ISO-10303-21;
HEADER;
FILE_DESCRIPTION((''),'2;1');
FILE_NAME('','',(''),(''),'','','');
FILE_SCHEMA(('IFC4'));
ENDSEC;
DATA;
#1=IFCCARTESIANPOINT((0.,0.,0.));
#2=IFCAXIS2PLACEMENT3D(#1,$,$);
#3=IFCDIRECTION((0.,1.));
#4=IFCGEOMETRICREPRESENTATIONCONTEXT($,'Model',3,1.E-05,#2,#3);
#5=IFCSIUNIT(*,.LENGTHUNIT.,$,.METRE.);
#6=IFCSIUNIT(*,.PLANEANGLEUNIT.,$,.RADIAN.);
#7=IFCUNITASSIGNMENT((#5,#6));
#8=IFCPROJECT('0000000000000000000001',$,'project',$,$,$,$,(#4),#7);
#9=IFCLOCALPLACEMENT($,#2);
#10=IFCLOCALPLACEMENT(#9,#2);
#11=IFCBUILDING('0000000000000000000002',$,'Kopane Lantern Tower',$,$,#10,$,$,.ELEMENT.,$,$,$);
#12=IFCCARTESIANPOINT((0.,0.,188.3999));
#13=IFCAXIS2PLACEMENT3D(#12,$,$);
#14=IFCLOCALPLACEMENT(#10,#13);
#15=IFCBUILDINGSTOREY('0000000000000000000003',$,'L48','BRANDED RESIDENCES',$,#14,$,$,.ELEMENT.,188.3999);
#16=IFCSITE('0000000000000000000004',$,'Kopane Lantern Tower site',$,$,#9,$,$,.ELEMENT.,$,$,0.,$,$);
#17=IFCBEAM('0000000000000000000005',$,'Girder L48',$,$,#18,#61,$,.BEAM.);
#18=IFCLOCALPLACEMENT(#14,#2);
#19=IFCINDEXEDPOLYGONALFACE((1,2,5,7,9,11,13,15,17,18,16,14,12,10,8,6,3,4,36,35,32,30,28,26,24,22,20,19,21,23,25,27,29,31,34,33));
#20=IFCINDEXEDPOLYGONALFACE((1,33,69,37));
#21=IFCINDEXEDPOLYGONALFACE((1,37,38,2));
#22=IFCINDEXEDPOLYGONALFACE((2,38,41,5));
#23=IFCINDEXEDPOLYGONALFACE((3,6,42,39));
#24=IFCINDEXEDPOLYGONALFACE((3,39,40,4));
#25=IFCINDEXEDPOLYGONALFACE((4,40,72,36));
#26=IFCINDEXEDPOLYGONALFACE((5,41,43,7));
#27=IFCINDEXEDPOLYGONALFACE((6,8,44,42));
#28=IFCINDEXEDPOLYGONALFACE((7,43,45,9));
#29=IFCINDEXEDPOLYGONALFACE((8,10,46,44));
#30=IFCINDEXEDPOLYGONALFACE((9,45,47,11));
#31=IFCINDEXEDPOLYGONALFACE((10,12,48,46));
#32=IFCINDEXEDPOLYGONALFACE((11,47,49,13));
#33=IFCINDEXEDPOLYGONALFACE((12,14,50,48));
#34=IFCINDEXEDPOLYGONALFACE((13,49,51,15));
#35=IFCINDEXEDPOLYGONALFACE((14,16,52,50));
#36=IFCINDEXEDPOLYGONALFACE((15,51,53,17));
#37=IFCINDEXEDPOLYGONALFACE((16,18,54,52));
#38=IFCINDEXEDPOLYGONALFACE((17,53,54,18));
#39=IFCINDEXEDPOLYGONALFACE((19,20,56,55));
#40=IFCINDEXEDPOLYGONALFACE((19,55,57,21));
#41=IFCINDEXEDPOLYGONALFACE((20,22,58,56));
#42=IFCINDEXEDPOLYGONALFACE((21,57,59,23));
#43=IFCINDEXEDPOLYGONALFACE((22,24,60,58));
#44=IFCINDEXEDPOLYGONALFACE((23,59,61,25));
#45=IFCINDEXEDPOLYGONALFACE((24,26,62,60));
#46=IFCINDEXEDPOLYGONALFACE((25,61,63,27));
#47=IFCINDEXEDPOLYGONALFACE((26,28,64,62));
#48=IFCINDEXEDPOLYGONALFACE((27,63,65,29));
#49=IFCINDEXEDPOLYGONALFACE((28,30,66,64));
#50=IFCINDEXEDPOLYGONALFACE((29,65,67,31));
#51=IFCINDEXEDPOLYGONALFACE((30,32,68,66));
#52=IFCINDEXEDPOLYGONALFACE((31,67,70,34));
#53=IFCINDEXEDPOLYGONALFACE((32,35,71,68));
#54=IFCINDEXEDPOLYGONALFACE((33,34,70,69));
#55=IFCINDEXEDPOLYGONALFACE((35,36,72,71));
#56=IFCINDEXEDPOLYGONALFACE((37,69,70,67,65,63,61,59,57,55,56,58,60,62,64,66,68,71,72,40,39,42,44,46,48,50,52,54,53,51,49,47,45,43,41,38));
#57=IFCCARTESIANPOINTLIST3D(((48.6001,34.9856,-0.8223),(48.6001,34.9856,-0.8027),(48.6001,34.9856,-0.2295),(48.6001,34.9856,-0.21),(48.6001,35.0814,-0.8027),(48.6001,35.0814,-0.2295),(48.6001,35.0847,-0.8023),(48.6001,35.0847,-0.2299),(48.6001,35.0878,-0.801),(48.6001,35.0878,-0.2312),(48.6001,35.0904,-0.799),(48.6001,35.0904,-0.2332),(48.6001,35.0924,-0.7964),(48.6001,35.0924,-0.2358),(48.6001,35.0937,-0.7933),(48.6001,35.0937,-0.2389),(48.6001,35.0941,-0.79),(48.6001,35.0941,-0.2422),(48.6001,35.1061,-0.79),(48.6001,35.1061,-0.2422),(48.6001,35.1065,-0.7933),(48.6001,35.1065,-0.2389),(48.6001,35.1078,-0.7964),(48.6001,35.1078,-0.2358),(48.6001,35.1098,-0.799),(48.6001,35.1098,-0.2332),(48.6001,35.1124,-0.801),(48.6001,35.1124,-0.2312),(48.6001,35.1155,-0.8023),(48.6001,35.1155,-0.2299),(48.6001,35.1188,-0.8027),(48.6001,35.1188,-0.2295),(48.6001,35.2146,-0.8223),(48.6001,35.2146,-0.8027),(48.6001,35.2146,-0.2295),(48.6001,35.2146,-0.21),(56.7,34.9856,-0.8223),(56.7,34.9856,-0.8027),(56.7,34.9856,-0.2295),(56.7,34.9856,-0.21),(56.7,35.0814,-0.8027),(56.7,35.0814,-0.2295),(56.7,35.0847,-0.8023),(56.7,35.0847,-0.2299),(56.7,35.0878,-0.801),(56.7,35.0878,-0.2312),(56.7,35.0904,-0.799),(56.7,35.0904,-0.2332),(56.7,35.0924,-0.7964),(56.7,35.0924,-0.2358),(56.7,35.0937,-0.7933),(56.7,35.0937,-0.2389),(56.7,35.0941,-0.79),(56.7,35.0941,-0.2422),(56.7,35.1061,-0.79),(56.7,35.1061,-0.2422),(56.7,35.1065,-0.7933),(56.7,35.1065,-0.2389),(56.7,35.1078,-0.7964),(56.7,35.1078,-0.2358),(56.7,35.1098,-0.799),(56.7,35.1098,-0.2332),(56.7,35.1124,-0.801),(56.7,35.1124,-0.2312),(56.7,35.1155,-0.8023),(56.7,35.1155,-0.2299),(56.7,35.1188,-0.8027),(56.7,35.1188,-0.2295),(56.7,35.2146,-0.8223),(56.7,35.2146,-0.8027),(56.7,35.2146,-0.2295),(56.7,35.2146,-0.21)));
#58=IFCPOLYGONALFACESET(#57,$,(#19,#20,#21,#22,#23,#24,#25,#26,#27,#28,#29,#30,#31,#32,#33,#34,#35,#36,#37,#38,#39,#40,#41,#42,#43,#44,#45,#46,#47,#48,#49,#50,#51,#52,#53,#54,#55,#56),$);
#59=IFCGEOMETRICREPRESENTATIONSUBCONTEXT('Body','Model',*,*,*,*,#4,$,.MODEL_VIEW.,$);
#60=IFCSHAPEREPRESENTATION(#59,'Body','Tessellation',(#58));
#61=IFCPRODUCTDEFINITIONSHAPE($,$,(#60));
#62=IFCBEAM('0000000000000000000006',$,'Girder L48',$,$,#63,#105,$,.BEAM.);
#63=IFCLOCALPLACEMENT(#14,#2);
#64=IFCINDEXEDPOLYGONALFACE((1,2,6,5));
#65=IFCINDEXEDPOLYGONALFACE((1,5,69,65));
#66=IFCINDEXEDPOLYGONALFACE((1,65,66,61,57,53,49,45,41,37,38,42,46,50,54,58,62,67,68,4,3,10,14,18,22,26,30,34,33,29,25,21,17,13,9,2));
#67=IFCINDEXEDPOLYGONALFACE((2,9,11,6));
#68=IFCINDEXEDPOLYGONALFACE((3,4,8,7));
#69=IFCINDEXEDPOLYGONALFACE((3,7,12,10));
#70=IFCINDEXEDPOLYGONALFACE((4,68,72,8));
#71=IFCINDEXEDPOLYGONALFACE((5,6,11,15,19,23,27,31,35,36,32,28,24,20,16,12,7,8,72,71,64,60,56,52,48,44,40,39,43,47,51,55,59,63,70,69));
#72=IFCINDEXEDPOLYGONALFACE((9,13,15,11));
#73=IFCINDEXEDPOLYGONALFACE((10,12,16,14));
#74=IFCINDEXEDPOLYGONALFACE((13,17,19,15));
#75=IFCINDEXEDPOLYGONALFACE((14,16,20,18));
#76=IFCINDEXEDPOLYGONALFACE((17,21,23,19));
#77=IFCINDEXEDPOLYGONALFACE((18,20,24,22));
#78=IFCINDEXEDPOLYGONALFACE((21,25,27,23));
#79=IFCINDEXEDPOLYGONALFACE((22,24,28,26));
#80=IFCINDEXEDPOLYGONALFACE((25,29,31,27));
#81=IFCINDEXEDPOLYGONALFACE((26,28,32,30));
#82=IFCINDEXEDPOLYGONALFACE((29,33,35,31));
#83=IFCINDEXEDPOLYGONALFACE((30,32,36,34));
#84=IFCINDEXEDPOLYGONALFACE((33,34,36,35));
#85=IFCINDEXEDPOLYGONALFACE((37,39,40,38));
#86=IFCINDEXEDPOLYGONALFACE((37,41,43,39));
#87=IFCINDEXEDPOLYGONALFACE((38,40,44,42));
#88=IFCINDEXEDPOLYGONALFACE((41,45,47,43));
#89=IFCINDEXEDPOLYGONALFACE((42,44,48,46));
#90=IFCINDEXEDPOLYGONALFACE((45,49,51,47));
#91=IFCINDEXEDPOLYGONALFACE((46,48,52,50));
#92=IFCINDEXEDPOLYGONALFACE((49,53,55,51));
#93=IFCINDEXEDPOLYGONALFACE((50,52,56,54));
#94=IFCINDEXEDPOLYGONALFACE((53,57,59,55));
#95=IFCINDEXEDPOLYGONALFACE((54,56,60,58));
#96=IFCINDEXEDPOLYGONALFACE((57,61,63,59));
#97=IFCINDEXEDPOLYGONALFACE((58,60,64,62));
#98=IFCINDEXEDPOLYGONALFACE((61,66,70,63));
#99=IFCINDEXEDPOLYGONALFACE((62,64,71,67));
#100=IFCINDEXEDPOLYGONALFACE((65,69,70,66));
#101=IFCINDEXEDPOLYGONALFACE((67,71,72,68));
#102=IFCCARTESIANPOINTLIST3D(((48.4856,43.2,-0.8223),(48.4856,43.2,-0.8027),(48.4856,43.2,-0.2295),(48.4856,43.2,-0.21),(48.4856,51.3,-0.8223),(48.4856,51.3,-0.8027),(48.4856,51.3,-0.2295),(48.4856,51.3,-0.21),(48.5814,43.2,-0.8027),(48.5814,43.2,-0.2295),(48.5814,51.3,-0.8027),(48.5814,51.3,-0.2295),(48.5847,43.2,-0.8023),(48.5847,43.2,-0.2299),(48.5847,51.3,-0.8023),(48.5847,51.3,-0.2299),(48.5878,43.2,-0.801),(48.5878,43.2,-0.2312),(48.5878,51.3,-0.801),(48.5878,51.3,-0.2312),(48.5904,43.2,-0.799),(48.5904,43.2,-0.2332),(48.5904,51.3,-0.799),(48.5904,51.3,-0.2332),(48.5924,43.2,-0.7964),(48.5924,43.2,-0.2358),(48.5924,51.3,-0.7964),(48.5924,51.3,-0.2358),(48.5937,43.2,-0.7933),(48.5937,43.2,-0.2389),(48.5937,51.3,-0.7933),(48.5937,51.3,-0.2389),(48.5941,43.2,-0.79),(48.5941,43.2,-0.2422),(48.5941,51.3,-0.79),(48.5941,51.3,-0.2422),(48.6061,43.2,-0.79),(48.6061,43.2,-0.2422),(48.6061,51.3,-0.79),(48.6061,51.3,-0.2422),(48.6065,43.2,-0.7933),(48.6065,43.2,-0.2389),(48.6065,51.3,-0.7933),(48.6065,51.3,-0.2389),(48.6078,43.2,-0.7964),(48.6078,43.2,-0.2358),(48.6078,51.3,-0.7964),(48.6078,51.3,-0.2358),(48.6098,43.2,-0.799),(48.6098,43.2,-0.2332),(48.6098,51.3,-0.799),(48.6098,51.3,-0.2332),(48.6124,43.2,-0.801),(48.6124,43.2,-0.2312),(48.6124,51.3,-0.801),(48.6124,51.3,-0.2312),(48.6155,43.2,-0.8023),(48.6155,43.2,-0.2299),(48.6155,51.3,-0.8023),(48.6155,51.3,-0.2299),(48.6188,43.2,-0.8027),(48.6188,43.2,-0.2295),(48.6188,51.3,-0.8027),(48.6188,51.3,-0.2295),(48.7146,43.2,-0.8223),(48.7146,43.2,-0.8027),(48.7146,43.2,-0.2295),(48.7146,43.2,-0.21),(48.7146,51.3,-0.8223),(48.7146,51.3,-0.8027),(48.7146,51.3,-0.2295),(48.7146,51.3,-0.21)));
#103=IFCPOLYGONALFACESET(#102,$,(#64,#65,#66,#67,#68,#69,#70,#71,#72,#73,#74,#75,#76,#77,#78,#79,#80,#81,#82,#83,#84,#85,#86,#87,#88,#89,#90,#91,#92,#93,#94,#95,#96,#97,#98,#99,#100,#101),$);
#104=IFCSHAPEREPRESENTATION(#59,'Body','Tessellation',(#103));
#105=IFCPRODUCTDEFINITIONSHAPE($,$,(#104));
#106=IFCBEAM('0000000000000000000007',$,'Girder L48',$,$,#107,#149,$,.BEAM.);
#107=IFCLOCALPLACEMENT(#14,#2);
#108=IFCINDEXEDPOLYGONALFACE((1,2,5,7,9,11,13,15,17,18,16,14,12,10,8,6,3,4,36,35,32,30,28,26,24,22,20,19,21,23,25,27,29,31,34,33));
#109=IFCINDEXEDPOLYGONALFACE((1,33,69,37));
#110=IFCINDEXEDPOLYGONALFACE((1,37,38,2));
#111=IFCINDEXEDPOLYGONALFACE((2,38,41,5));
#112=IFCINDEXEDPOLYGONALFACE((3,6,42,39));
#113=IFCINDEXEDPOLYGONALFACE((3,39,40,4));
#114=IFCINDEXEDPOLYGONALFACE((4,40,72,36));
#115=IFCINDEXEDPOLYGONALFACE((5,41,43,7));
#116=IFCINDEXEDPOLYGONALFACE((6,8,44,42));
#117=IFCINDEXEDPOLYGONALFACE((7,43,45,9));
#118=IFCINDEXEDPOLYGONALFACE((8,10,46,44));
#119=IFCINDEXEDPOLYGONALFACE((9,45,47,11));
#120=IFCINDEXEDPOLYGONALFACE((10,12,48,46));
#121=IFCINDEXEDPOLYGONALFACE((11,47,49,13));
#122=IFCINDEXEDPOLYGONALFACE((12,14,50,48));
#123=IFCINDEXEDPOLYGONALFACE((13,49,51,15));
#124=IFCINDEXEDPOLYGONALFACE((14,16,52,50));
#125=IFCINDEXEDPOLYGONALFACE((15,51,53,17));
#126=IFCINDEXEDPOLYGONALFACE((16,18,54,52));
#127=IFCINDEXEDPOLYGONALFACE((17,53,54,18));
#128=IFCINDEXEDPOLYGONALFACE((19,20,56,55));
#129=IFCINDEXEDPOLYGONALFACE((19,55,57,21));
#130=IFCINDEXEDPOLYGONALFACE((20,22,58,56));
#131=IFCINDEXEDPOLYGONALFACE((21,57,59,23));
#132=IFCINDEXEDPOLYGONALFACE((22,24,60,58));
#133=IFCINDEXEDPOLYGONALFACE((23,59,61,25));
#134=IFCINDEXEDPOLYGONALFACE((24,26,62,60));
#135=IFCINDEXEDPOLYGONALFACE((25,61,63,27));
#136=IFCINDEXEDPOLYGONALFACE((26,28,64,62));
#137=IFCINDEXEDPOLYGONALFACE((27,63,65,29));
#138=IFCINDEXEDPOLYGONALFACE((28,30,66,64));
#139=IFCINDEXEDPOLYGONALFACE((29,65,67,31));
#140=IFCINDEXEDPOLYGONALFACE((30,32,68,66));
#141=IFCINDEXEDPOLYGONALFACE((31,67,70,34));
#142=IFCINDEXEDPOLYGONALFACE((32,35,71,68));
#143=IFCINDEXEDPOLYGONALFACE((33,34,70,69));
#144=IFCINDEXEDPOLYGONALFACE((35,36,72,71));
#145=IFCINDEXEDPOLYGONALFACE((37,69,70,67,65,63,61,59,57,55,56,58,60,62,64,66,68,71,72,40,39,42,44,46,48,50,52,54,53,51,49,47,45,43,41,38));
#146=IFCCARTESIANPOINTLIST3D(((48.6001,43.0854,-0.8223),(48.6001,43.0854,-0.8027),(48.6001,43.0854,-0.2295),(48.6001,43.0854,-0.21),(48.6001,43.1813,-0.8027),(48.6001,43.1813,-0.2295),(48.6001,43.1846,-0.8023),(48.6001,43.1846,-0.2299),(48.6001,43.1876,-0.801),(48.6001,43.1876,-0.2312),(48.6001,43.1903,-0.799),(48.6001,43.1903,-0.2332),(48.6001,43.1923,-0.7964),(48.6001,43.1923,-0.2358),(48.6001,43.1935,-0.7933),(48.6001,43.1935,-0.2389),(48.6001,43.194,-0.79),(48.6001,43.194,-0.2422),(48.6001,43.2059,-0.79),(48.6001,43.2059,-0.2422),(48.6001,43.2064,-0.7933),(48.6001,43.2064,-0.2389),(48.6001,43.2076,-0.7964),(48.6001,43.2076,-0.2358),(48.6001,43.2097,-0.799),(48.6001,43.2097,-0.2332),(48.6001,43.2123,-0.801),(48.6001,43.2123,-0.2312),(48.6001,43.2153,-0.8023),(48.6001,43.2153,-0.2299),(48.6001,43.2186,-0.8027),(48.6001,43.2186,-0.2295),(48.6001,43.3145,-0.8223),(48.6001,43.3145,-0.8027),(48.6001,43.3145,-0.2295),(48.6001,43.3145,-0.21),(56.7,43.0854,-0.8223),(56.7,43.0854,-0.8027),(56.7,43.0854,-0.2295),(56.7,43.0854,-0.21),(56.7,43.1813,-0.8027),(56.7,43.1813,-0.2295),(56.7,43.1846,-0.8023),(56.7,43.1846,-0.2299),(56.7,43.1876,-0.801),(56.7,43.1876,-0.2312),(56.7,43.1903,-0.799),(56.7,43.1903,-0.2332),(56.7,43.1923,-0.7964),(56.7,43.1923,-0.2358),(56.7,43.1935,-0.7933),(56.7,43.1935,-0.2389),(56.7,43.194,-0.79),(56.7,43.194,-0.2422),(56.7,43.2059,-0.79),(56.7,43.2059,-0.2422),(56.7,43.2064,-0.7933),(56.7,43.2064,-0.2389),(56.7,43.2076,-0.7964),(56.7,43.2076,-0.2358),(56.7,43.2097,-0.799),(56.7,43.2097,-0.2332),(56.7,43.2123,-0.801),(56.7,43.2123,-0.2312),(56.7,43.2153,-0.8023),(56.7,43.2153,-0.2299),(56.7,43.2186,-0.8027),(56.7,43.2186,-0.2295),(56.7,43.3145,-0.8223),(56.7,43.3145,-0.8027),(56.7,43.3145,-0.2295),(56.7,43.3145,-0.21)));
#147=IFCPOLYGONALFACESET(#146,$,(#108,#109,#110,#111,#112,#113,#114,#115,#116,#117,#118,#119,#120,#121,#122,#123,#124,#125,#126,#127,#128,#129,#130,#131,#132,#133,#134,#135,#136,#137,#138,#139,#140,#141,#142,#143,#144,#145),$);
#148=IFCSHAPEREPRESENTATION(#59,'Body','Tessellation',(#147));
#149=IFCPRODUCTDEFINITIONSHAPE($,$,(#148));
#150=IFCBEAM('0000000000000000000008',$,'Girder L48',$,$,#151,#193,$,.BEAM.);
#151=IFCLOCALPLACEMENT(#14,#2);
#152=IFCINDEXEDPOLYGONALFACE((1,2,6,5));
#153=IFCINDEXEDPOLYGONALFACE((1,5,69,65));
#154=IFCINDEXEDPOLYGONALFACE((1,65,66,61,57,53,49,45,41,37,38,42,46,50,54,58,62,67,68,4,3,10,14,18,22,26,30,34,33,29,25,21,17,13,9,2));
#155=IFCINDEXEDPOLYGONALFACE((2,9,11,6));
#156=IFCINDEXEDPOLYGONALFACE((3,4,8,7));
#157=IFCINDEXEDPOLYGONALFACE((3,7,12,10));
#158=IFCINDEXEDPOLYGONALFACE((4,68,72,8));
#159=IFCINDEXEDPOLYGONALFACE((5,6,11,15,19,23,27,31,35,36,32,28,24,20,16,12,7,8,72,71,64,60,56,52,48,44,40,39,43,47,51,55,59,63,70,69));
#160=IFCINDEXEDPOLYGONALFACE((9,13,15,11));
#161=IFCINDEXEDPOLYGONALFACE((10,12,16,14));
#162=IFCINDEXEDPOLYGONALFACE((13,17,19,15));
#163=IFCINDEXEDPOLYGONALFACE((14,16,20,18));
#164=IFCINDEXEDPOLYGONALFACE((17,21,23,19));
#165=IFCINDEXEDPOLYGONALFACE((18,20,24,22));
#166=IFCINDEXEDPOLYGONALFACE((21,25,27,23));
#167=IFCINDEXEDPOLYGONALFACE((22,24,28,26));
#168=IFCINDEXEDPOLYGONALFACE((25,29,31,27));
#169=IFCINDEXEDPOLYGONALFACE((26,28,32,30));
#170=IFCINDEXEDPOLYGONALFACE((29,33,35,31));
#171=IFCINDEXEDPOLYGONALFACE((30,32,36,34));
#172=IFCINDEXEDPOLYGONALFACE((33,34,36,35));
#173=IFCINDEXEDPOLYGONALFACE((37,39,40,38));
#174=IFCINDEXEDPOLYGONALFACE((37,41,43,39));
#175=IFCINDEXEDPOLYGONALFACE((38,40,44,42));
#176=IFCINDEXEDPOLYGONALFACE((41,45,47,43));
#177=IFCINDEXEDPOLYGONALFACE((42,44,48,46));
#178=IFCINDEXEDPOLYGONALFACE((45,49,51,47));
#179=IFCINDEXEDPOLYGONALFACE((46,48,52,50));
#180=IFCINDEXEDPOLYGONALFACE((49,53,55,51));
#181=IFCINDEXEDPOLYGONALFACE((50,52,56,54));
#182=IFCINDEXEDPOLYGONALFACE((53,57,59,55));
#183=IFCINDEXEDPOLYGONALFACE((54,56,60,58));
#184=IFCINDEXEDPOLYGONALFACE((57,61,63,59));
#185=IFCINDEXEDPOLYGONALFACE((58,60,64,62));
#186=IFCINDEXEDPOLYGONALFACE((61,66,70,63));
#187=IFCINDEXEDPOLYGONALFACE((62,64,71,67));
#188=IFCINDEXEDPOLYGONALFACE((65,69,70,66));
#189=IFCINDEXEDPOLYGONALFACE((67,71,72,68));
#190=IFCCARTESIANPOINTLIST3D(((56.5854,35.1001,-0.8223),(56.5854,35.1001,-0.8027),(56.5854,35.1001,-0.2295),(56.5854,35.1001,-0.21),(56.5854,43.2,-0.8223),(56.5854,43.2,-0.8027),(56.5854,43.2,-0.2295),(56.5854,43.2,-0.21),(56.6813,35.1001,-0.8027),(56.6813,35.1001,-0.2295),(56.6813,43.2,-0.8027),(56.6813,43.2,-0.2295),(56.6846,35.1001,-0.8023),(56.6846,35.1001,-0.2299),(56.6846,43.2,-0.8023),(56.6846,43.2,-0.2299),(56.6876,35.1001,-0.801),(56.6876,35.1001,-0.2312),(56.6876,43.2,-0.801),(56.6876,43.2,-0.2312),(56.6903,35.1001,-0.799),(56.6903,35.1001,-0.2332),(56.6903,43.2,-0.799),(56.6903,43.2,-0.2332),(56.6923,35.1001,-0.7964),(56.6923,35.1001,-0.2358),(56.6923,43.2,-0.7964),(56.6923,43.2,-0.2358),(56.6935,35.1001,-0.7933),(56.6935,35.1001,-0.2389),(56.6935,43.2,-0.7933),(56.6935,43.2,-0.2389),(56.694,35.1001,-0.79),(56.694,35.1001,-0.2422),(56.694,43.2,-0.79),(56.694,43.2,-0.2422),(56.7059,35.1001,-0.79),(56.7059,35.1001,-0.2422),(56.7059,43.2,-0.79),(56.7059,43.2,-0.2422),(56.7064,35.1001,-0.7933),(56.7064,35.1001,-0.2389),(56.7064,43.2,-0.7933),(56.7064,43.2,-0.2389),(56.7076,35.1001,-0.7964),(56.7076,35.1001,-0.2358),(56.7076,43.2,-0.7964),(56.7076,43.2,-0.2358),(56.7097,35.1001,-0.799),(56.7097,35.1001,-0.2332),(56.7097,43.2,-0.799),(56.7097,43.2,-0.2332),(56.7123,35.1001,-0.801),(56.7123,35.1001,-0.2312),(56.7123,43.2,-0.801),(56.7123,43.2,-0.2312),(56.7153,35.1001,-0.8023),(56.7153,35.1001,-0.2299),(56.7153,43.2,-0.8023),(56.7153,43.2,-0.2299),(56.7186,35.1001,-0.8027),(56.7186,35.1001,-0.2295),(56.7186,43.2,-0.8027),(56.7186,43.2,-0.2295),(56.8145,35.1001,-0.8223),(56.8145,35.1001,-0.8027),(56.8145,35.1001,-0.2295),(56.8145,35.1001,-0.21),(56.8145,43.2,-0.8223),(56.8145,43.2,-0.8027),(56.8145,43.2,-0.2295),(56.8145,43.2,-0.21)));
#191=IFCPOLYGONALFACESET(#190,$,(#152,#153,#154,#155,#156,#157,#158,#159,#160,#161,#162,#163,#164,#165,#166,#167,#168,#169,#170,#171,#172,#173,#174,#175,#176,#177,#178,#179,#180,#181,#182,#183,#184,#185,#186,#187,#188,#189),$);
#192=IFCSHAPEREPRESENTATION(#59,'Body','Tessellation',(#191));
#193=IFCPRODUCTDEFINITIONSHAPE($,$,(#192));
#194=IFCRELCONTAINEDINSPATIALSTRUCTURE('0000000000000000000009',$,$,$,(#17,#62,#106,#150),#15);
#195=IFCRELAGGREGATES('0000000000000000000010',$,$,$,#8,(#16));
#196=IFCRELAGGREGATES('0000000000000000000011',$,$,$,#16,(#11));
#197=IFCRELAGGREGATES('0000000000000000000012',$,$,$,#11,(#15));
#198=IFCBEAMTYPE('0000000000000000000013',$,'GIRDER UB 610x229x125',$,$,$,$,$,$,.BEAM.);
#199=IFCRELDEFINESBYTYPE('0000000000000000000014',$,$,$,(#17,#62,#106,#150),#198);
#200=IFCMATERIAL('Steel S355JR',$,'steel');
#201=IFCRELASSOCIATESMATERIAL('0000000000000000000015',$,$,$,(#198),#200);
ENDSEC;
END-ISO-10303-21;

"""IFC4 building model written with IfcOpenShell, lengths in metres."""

from ifc_helpers import new_model, si_unit, direction, frame, origin, origin_2d, place, context, subcontext, project, spatial, i_section, extrude, material, material_profile, profile_set, type_object, element, save


model = new_model("IFC4")

# Units and contexts
model_context = context("Model", 3, precision=1e-05, world=origin(), true_north=direction((0.0, 1.0)))
body_context = subcontext(model_context, "Body", "Model", "MODEL_VIEW")
ifc_project = project(units=[si_unit("LENGTHUNIT", "METRE"), si_unit("PLANEANGLEUNIT", "RADIAN")], contexts=[model_context])

# Site, building, storey
site_placement = place(None, origin())
site = spatial("IfcSite", under=ifc_project, at=site_placement, Name="Kopane Lantern Tower site", CompositionType="ELEMENT", RefElevation=0.0)
building_placement = place(site_placement, origin())
building = spatial("IfcBuilding", under=site, at=building_placement, Name="Kopane Lantern Tower", CompositionType="ELEMENT")
storey_placement = place(building_placement, frame((0.0, 0.0, 188.3999)))
storey = spatial("IfcBuildingStorey", under=building, at=storey_placement, Name="L48", Description="BRANDED RESIDENCES", CompositionType="ELEMENT", Elevation=188.3999)

# Beams
ifc_material_1 = material(Name="Steel S355JR", Category="steel")
ifc_material_profile_1 = material_profile(ifc_material_1, i_section(OverallWidth=0.229, OverallDepth=0.6123, WebThickness=0.012, FlangeThickness=0.0195, FilletRadius=0.0127, at=origin_2d()), Name="UB 610x229x125")
ifc_profile_set_1 = profile_set([ifc_material_profile_1], Name="Steel S355JR")
beam_type = type_object("IfcBeamType", Name="GIRDER UB 610x229x125", PredefinedType="BEAM", material=ifc_profile_set_1)
for number, where, z_axis, x_axis, name in (
    (1, (48.6001, 35.1001, -0.5161), (1.0, 0.0, 0.0), (0.0, 1.0, 0.0), "Girder L48"),
):
    element("IfcBeam", number, at=place(storey_placement, frame(where, z_axis=z_axis, x_axis=x_axis)), inside=storey, type_object=beam_type, Name=name, PredefinedType="BEAM", context=body_context, shape_type="SweptSolid", body=[
        extrude(i_section(OverallWidth=0.229, OverallDepth=0.6123, WebThickness=0.012, FlangeThickness=0.0195, FilletRadius=0.0127, at=origin_2d()), origin(), (0.0, 0.0, 1.0), 8.0999),
    ])
beam_1_placement = place(storey_placement, frame((48.6001, 43.2, -0.5161), z_axis=(0.0, 1.0, 0.0), x_axis=(-1.0, 0.0, 0.0)))
element("IfcBeam", 2, at=beam_1_placement, inside=storey, type_object=beam_type, Name="Girder L48", PredefinedType="BEAM", context=body_context, shape_type="SweptSolid", body=[
    extrude(i_section(OverallWidth=0.229, OverallDepth=0.6123, WebThickness=0.012, FlangeThickness=0.0195, FilletRadius=0.0127, at=origin_2d()), origin(), (0.0, 0.0, 1.0), 8.1001),
])
for number, where, z_axis, x_axis, name in (
    (3, (48.6001, 43.2, -0.5161), (1.0, 0.0, 0.0), (0.0, 1.0, 0.0), "Girder L48"),
    (4, (56.7, 35.1001, -0.5161), (0.0, 1.0, 0.0), (-1.0, 0.0, 0.0), "Girder L48"),
):
    element("IfcBeam", number, at=place(storey_placement, frame(where, z_axis=z_axis, x_axis=x_axis)), inside=storey, type_object=beam_type, Name=name, PredefinedType="BEAM", context=body_context, shape_type="SweptSolid", body=[
        extrude(i_section(OverallWidth=0.229, OverallDepth=0.6123, WebThickness=0.012, FlangeThickness=0.0195, FilletRadius=0.0127, at=origin_2d()), origin(), (0.0, 0.0, 1.0), 8.0999),
    ])

save(model, "model.ifc")
